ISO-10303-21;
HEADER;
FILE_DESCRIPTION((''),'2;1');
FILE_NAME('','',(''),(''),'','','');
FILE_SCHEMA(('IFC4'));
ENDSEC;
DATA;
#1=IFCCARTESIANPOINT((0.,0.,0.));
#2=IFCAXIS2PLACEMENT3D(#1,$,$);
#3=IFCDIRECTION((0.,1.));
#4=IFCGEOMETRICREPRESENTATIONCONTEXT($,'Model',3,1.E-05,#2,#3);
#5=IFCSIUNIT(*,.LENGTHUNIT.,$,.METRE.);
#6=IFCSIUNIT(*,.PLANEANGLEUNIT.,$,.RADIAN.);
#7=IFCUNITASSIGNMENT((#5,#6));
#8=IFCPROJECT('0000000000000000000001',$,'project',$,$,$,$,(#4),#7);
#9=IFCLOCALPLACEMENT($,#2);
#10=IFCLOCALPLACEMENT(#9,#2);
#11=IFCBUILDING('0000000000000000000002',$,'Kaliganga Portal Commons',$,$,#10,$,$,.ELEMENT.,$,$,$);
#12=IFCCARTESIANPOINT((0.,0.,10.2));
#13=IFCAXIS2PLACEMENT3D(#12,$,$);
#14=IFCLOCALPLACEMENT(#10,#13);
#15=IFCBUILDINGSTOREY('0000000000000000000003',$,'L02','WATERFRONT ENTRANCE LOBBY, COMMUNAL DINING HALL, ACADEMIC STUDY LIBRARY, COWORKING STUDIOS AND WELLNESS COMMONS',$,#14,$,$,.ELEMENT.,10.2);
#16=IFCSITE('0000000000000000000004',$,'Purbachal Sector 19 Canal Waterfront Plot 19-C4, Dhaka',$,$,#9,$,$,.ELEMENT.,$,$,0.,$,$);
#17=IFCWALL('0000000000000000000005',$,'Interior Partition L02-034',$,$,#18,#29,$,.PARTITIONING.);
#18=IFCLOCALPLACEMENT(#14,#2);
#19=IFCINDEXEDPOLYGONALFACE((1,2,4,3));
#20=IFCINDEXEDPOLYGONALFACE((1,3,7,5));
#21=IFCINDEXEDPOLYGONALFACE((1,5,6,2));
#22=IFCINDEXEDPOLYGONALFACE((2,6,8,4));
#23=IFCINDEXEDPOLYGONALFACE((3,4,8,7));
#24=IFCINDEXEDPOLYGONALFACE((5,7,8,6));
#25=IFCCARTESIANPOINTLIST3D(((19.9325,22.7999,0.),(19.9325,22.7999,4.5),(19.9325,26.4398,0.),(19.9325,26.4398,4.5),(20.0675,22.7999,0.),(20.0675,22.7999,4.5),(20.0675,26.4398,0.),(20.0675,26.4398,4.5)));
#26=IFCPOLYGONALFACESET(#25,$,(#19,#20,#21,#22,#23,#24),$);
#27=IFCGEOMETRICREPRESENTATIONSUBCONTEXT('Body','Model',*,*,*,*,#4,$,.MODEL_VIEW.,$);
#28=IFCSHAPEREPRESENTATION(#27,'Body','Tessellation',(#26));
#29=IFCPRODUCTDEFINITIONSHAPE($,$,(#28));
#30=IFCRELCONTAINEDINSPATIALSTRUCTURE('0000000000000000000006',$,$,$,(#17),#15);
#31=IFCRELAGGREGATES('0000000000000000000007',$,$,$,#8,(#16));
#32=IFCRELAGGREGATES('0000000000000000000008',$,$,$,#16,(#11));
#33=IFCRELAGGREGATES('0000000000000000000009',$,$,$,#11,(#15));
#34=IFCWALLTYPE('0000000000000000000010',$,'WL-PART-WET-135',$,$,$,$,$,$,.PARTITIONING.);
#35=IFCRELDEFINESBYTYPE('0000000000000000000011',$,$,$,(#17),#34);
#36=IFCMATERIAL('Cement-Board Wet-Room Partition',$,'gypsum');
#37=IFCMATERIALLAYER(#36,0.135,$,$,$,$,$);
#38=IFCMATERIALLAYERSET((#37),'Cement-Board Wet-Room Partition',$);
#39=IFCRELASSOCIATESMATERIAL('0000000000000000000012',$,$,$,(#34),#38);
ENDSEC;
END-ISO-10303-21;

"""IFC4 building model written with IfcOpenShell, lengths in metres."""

from ifc_helpers import new_model, si_unit, direction, frame, frame_2d, origin, place, context, subcontext, project, spatial, rectangle, extrude, material, layer, layer_set, type_object, element, save


model = new_model("IFC4")

# Units and contexts
model_context = context("Model", 3, precision=1e-05, world=origin(), true_north=direction((0.0, 1.0)))
body_context = subcontext(model_context, "Body", "Model", "MODEL_VIEW")
ifc_project = project(units=[si_unit("LENGTHUNIT", "METRE"), si_unit("PLANEANGLEUNIT", "RADIAN")], contexts=[model_context])

# Site, building, storey
site_placement = place(None, origin())
site = spatial("IfcSite", under=ifc_project, at=site_placement, Name="Purbachal Sector 19 Canal Waterfront Plot 19-C4, Dhaka", CompositionType="ELEMENT", RefElevation=0.0)
building_placement = place(site_placement, origin())
building = spatial("IfcBuilding", under=site, at=building_placement, Name="Kaliganga Portal Commons", CompositionType="ELEMENT")
storey_placement = place(building_placement, frame((0.0, 0.0, 10.2)))
storey = spatial("IfcBuildingStorey", under=building, at=storey_placement, Name="L02", Description="WATERFRONT ENTRANCE LOBBY, COMMUNAL DINING HALL, ACADEMIC STUDY LIBRARY, COWORKING STUDIOS AND WELLNESS COMMONS", CompositionType="ELEMENT", Elevation=10.2)

# Wall
ifc_material_1 = material(Name="Cement-Board Wet-Room Partition", Category="gypsum")
ifc_layer_1 = layer(ifc_material_1, 0.135)
ifc_layer_set_1 = layer_set([ifc_layer_1], Name="Cement-Board Wet-Room Partition")
wall_type_1 = type_object("IfcWallType", Name="WL-PART-WET-135", PredefinedType="PARTITIONING", material=ifc_layer_set_1)
wall_1_placement = place(storey_placement, frame((20.0, 22.8, 0.0), z_axis=(0.0, 0.0, 1.0), x_axis=(0.0, 1.0, 0.0)))
element("IfcWall", 1, at=wall_1_placement, inside=storey, type_object=wall_type_1, Name="Interior Partition L02-034", PredefinedType="PARTITIONING", context=body_context, shape_type="SweptSolid", body=[
    extrude(rectangle(XDim=3.6399, YDim=0.135, at=frame_2d((1.8198, 0.0))), origin(), (0.0, 0.0, 1.0), 4.5),
])

save(model, "model.ifc")
